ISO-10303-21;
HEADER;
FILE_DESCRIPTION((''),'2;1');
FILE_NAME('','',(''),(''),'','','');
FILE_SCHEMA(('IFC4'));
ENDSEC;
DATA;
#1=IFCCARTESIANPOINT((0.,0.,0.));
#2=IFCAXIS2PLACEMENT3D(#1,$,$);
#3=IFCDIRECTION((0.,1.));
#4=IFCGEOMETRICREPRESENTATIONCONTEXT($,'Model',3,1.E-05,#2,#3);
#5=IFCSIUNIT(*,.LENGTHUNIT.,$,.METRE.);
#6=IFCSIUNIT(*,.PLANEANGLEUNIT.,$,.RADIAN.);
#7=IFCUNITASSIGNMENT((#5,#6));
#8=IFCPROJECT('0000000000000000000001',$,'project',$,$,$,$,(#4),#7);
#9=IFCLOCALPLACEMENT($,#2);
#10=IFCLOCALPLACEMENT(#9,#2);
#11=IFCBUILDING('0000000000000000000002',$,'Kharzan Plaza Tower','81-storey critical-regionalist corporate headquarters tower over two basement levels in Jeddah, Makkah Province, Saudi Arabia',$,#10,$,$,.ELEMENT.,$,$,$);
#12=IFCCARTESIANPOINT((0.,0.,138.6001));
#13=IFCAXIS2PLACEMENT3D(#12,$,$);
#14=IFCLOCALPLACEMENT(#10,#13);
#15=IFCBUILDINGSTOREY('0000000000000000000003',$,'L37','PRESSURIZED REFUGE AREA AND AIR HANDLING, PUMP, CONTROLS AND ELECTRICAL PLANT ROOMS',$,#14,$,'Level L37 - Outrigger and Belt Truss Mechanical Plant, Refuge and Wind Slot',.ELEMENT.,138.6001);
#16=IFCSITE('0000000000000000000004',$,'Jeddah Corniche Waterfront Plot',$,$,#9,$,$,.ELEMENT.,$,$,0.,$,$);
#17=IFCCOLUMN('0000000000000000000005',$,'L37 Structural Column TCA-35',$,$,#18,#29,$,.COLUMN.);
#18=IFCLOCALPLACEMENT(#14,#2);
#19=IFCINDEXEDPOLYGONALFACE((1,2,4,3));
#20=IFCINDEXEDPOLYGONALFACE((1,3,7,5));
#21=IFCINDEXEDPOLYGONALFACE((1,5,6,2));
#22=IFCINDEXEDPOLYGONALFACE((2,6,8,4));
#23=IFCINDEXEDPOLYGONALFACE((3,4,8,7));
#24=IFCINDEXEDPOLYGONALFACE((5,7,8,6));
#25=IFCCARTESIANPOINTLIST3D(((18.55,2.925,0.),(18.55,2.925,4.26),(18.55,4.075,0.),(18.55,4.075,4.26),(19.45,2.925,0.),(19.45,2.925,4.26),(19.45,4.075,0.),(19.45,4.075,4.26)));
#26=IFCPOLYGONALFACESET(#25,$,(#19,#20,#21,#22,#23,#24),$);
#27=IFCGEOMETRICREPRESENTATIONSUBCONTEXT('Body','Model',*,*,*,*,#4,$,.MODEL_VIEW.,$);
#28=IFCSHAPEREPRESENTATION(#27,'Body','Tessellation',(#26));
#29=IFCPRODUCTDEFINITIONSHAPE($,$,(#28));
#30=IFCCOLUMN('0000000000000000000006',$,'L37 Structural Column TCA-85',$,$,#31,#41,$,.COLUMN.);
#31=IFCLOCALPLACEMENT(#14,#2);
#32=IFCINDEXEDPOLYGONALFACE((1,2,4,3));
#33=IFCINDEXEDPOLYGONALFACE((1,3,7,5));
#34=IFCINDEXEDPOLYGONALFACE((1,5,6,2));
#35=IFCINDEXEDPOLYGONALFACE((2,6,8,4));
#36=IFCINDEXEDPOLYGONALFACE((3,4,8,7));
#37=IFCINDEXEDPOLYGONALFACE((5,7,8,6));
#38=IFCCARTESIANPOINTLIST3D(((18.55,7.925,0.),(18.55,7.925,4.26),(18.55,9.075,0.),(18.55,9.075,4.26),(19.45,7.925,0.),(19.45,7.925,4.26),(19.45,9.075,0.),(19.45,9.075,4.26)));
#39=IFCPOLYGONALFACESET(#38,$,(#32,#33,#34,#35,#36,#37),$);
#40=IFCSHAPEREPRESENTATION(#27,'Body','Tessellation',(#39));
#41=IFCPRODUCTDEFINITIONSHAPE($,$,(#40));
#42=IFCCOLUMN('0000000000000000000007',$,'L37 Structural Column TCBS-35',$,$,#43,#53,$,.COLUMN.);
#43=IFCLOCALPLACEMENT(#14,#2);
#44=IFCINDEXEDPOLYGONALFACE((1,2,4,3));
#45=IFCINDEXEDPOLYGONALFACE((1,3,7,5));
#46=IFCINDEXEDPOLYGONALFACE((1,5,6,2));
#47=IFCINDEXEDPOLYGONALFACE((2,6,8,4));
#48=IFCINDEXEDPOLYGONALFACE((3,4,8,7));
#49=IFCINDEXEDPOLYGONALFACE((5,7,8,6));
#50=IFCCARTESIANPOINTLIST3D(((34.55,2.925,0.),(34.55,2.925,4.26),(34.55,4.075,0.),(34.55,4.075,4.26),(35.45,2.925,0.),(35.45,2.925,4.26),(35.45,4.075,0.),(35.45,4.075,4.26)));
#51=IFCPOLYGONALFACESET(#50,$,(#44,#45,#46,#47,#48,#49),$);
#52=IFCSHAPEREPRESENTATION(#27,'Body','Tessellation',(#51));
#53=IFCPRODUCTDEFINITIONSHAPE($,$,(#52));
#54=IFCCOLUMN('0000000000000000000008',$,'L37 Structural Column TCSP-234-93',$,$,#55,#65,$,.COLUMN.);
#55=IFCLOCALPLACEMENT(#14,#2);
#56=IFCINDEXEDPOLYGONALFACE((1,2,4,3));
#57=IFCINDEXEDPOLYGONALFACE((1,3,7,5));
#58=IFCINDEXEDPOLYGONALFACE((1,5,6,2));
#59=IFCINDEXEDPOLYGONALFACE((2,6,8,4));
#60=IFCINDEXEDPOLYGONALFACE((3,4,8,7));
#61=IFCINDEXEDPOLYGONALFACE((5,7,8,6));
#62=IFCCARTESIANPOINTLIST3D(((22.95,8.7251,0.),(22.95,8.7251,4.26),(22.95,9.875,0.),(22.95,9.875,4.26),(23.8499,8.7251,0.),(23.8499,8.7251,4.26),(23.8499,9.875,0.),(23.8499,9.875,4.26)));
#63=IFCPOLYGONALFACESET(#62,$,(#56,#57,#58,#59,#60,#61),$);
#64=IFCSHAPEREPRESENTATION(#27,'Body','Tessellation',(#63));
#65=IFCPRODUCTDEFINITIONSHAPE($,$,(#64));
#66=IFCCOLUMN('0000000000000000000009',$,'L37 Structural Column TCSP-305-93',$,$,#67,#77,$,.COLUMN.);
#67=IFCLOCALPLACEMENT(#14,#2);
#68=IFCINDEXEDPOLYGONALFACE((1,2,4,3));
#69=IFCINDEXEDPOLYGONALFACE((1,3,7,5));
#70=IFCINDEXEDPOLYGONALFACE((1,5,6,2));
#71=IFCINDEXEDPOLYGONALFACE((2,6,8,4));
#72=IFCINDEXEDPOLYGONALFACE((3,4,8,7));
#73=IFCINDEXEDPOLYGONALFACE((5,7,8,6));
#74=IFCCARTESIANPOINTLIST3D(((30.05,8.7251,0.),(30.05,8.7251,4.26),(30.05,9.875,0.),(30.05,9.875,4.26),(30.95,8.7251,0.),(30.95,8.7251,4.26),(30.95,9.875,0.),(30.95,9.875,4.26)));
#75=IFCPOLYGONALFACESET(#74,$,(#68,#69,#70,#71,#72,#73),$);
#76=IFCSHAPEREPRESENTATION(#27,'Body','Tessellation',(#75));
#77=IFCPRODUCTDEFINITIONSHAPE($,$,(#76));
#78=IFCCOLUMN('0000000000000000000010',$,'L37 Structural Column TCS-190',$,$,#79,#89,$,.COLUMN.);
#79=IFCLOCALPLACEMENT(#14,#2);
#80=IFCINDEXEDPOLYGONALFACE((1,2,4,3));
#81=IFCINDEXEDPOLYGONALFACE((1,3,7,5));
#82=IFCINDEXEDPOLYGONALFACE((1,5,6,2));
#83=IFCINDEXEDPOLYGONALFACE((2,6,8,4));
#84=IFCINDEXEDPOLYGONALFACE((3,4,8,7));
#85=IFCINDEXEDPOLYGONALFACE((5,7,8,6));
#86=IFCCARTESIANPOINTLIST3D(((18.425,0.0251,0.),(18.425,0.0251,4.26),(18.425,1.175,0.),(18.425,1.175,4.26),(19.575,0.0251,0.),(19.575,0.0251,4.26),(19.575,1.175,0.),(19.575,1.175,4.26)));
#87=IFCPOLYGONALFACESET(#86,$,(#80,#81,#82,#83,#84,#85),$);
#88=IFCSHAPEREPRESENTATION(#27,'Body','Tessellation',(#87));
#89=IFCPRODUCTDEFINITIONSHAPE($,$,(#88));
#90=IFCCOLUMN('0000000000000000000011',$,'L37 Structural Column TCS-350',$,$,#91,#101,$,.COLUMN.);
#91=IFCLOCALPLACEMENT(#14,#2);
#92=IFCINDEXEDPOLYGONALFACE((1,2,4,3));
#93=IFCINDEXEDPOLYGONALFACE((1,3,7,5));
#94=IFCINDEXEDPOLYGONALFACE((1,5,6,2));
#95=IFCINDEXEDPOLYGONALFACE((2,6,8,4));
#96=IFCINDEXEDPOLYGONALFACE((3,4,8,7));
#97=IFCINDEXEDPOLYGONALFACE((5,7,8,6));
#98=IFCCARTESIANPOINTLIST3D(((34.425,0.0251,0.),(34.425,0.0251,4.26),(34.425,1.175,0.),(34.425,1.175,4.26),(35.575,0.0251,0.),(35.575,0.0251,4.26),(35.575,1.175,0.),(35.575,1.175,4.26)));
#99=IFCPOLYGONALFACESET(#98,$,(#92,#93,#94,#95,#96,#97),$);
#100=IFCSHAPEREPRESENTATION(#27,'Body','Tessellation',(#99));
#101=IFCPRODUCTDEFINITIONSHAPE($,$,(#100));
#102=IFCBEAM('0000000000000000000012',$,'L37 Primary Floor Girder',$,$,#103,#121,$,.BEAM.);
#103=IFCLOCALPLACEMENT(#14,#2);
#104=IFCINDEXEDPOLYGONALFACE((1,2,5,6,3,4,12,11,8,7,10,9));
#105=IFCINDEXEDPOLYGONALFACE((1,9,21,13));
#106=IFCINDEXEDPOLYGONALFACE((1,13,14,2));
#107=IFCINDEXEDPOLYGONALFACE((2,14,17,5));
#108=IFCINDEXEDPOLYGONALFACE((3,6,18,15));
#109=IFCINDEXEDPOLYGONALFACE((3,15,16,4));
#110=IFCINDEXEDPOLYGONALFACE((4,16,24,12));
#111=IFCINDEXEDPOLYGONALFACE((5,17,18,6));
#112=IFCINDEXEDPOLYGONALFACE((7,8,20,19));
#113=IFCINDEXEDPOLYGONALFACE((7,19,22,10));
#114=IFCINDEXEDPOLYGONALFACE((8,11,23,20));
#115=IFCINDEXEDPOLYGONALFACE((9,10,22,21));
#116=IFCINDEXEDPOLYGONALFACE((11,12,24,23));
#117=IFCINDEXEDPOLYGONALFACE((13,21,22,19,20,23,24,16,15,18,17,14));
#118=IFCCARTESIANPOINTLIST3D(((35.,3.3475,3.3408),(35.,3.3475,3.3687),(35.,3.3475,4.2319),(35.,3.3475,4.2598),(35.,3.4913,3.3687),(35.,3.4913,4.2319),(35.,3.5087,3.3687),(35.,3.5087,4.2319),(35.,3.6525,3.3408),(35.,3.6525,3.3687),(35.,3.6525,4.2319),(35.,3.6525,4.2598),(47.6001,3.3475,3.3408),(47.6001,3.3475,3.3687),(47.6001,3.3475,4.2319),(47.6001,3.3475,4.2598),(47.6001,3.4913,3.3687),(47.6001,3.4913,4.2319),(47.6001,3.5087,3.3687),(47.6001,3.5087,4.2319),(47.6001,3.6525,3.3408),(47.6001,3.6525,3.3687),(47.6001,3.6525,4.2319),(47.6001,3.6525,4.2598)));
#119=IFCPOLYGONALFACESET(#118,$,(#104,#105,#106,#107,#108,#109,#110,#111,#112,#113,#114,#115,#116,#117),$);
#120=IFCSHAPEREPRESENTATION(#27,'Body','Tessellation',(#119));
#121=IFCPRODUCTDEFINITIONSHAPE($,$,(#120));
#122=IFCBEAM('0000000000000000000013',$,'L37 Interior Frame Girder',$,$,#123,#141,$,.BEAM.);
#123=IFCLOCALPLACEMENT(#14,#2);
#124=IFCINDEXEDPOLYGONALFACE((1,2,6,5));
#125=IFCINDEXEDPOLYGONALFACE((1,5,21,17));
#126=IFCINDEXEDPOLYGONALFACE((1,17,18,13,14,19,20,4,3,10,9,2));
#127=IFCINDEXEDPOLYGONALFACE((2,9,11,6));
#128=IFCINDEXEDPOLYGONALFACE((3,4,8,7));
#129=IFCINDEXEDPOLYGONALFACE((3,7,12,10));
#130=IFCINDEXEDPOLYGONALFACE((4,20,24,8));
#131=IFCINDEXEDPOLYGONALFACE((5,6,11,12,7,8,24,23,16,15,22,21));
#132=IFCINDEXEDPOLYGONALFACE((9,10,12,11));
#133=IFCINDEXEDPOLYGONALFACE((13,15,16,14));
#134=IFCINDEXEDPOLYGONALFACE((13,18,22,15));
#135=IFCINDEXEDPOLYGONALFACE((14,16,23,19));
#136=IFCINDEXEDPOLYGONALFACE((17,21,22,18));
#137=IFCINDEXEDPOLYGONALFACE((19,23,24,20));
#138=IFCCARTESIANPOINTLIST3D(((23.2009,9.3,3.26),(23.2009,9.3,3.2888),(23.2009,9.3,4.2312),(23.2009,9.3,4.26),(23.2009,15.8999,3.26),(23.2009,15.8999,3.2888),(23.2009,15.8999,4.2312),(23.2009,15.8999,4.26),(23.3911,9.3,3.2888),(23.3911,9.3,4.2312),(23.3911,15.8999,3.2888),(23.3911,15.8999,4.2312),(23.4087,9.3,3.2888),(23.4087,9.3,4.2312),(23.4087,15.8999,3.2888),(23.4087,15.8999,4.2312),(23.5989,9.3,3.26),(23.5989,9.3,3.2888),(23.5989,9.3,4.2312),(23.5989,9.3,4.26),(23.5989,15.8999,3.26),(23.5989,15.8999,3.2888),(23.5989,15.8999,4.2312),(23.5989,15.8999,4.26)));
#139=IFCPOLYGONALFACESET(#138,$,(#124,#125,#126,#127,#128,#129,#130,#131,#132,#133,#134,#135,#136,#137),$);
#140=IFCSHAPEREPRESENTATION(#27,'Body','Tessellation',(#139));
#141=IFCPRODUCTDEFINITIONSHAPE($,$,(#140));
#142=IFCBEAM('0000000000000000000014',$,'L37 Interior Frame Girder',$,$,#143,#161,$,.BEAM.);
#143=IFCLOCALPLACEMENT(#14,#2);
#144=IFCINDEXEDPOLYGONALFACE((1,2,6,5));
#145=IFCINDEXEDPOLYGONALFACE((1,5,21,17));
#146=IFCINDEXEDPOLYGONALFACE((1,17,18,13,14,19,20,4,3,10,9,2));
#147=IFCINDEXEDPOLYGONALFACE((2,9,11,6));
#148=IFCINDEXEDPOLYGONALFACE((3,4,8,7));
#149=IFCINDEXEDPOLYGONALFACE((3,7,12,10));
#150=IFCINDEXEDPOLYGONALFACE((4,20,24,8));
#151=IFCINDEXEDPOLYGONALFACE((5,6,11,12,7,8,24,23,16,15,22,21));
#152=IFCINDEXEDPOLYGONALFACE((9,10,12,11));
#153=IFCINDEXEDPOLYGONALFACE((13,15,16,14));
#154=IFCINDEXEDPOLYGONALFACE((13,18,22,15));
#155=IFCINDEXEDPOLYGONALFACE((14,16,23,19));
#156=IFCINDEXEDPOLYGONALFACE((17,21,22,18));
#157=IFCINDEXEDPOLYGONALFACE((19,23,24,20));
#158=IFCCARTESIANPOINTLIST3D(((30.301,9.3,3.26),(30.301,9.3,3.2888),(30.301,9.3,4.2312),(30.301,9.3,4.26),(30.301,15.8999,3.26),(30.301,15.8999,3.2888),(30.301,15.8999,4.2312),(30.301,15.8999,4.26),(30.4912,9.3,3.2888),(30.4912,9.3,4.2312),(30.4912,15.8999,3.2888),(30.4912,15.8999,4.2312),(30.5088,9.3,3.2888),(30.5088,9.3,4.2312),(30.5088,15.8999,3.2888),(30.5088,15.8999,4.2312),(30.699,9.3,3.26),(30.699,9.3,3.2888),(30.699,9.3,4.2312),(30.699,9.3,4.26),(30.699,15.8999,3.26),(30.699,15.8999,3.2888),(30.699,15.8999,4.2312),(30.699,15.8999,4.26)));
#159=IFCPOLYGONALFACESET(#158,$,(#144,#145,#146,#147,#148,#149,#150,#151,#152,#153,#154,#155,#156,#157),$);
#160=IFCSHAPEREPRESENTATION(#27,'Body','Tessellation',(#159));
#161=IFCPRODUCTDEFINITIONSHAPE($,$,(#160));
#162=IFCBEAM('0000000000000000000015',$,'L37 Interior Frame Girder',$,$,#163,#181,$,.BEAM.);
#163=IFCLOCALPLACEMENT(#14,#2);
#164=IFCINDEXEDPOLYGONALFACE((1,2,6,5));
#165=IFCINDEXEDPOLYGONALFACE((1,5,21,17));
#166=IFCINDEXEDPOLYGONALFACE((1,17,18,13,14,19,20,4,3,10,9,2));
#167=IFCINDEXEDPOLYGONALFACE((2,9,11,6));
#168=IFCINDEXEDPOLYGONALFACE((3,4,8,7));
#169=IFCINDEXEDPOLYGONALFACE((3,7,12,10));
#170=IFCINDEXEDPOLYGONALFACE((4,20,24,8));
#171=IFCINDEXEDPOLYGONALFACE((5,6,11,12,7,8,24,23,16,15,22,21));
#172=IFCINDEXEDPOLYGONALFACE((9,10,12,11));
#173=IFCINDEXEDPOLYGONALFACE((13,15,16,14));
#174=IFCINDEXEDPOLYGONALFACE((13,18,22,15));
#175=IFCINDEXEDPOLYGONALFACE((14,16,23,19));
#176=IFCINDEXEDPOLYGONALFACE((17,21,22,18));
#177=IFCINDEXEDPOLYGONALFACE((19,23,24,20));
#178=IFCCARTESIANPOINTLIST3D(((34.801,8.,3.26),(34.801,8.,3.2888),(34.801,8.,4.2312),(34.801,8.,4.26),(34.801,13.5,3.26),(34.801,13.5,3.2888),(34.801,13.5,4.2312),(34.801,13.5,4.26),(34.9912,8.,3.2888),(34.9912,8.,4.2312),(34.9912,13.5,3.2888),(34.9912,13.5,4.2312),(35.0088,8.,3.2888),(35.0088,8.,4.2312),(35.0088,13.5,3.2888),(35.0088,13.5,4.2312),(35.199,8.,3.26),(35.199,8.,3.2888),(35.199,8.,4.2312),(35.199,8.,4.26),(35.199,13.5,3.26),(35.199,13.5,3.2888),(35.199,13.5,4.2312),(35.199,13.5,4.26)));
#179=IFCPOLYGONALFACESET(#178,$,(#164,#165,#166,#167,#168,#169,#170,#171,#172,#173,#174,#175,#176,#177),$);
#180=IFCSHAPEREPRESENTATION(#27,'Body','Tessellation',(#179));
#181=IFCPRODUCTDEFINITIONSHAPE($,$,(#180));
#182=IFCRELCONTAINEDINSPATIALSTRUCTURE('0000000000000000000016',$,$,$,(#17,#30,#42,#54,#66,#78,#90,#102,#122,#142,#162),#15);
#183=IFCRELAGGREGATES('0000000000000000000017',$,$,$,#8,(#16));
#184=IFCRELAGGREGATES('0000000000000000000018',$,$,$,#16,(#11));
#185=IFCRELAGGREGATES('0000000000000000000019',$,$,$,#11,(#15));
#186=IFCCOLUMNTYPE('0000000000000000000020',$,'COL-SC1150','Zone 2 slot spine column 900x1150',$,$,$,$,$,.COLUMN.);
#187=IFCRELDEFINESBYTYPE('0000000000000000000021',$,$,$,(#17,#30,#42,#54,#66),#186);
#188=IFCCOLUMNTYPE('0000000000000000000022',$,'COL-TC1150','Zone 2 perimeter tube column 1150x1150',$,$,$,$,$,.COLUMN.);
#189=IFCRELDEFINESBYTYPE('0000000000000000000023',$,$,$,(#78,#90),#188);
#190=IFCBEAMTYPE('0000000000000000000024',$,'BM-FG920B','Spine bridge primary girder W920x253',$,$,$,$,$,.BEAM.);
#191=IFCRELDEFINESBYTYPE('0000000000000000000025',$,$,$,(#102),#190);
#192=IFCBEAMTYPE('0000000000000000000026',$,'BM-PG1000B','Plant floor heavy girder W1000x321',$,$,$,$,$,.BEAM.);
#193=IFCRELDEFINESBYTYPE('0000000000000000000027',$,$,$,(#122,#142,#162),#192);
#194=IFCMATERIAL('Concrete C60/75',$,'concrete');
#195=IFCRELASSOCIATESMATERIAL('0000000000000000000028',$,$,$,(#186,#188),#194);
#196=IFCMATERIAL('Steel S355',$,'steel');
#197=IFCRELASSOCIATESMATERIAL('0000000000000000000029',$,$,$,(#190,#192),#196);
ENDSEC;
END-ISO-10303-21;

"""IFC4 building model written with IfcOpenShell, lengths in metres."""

from ifc_helpers import new_model, si_unit, direction, frame, origin, origin_2d, place, context, subcontext, project, spatial, rectangle, i_section, extrude, source, transform, mapped, material, material_profile, profile_set, type_object, element, save


model = new_model("IFC4")

# Units and contexts
model_context = context("Model", 3, precision=1e-05, world=origin(), true_north=direction((0.0, 1.0)))
body_context = subcontext(model_context, "Body", "Model", "MODEL_VIEW")
ifc_project = project(units=[si_unit("LENGTHUNIT", "METRE"), si_unit("PLANEANGLEUNIT", "RADIAN")], contexts=[model_context])

# Site, building, storey
site_placement = place(None, origin())
site = spatial("IfcSite", under=ifc_project, at=site_placement, Name="Jeddah Corniche Waterfront Plot", CompositionType="ELEMENT", RefElevation=0.0)
building_placement = place(site_placement, origin())
building = spatial("IfcBuilding", under=site, at=building_placement, Name="Kharzan Plaza Tower", Description="81-storey critical-regionalist corporate headquarters tower over two basement levels in Jeddah, Makkah Province, Saudi Arabia", CompositionType="ELEMENT")
storey_placement = place(building_placement, frame((0.0, 0.0, 138.6001)))
storey = spatial("IfcBuildingStorey", under=building, at=storey_placement, Name="L37", Description="PRESSURIZED REFUGE AREA AND AIR HANDLING, PUMP, CONTROLS AND ELECTRICAL PLANT ROOMS", LongName="Level L37 - Outrigger and Belt Truss Mechanical Plant, Refuge and Wind Slot", CompositionType="ELEMENT", Elevation=138.6001)

# Columns
ifc_material_1 = material(Name="Concrete C60/75", Category="concrete")
ifc_material_profile_1 = material_profile(ifc_material_1, rectangle(XDim=0.8999, YDim=1.1499, at=origin_2d()), Name="RC-SC1150x900")
ifc_profile_set_1 = profile_set([ifc_material_profile_1], Name="Concrete C60/75")
column_type_1 = type_object("IfcColumnType", Name="COL-SC1150", Description="Zone 2 slot spine column 900x1150", PredefinedType="COLUMN", material=ifc_profile_set_1)
shared_shape_1 = source(origin(), body_context, "Body", "SweptSolid", [
    extrude(rectangle(XDim=0.8999, YDim=1.1499, at=origin_2d()), origin(), (0.0, 0.0, 1.0), 4.26),
])
for number, where, z_axis, x_axis, name in (
    (1, (19.0, 3.5, 0.0), (0.0, 0.0, 1.0), (1.0, 0.0, 0.0), "L37 Structural Column TCA-35"),
    (2, (19.0, 8.5, 0.0), (0.0, 0.0, 1.0), (1.0, 0.0, 0.0), "L37 Structural Column TCA-85"),
    (3, (35.0, 3.5, 0.0), (0.0, 0.0, 1.0), (1.0, 0.0, 0.0), "L37 Structural Column TCBS-35"),
    (4, (23.3999, 9.3, 0.0), (0.0, 0.0, 1.0), (1.0, 0.0, 0.0), "L37 Structural Column TCSP-234-93"),
    (5, (30.5, 9.3, 0.0), (0.0, 0.0, 1.0), (1.0, 0.0, 0.0), "L37 Structural Column TCSP-305-93"),
):
    element("IfcColumn", number, at=place(storey_placement, frame(where, z_axis=z_axis, x_axis=x_axis)), inside=storey, type_object=column_type_1, Name=name, PredefinedType="COLUMN", context=body_context, shape_type="MappedRepresentation", body=[
        mapped(shared_shape_1, transform((0.0, 0.0, 0.0), x_axis=(1.0, 0.0, 0.0), y_axis=(0.0, 1.0, 0.0), z_axis=(0.0, 0.0, 1.0))),
    ])
ifc_material_profile_2 = material_profile(ifc_material_1, rectangle(XDim=1.1499, YDim=1.1499, at=origin_2d()), Name="RC-TC1150x1150")
ifc_profile_set_2 = profile_set([ifc_material_profile_2], Name="Concrete C60/75")
column_type_2 = type_object("IfcColumnType", Name="COL-TC1150", Description="Zone 2 perimeter tube column 1150x1150", PredefinedType="COLUMN", material=ifc_profile_set_2)
shared_shape_2 = source(origin(), body_context, "Body", "SweptSolid", [
    extrude(rectangle(XDim=1.1499, YDim=1.1499, at=origin_2d()), origin(), (0.0, 0.0, 1.0), 4.26),
])
for number, where, z_axis, x_axis, name in (
    (6, (19.0, 0.6001, 0.0), (0.0, 0.0, 1.0), (1.0, 0.0, 0.0), "L37 Structural Column TCS-190"),
    (7, (35.0, 0.6001, 0.0), (0.0, 0.0, 1.0), (1.0, 0.0, 0.0), "L37 Structural Column TCS-350"),
):
    element("IfcColumn", number, at=place(storey_placement, frame(where, z_axis=z_axis, x_axis=x_axis)), inside=storey, type_object=column_type_2, Name=name, PredefinedType="COLUMN", context=body_context, shape_type="MappedRepresentation", body=[
        mapped(shared_shape_2, transform((0.0, 0.0, 0.0), x_axis=(1.0, 0.0, 0.0), y_axis=(0.0, 1.0, 0.0), z_axis=(0.0, 0.0, 1.0))),
    ])

# Beams
ifc_material_2 = material(Name="Steel S355", Category="steel")
ifc_material_profile_3 = material_profile(ifc_material_2, i_section(OverallWidth=0.3049, OverallDepth=0.9189, WebThickness=0.0173, FlangeThickness=0.0278, at=origin_2d()), Name="W920x253")
ifc_profile_set_3 = profile_set([ifc_material_profile_3], Name="Steel S355")
beam_type_1 = type_object("IfcBeamType", Name="BM-FG920B", Description="Spine bridge primary girder W920x253", PredefinedType="BEAM", material=ifc_profile_set_3)
shared_shape_3 = source(origin(), body_context, "Body", "SweptSolid", [
    extrude(i_section(OverallWidth=0.3049, OverallDepth=0.9189, WebThickness=0.0173, FlangeThickness=0.0278, at=origin_2d()), origin(), (0.0, 0.0, 1.0), 12.6001),
])
beam_1_placement = place(storey_placement, frame((35.0, 3.5, 3.8003), z_axis=(1.0, 0.0, 0.0), x_axis=(0.0, 1.0, 0.0)))
element("IfcBeam", 8, at=beam_1_placement, inside=storey, type_object=beam_type_1, Name="L37 Primary Floor Girder", PredefinedType="BEAM", context=body_context, shape_type="MappedRepresentation", body=[
    mapped(shared_shape_3, transform((0.0, 0.0, 0.0), x_axis=(1.0, 0.0, 0.0), y_axis=(0.0, 1.0, 0.0), z_axis=(0.0, 0.0, 1.0))),
])
ifc_material_profile_4 = material_profile(ifc_material_2, i_section(OverallWidth=0.3979, OverallDepth=1.0, WebThickness=0.0176, FlangeThickness=0.0288, at=origin_2d()), Name="W1000x321")
ifc_profile_set_4 = profile_set([ifc_material_profile_4], Name="Steel S355")
beam_type_2 = type_object("IfcBeamType", Name="BM-PG1000B", Description="Plant floor heavy girder W1000x321", PredefinedType="BEAM", material=ifc_profile_set_4)
shared_shape_4 = source(origin(), body_context, "Body", "SweptSolid", [
    extrude(i_section(OverallWidth=0.3979, OverallDepth=1.0, WebThickness=0.0176, FlangeThickness=0.0288, at=origin_2d()), origin(), (0.0, 0.0, 1.0), 6.5999),
])
for number, where, z_axis, x_axis, name in (
    (9, (23.3999, 9.3, 3.76), (0.0, 1.0, 0.0), (-1.0, 0.0, 0.0), "L37 Interior Frame Girder"),
    (10, (30.5, 9.3, 3.76), (0.0, 1.0, 0.0), (-1.0, 0.0, 0.0), "L37 Interior Frame Girder"),
):
    element("IfcBeam", number, at=place(storey_placement, frame(where, z_axis=z_axis, x_axis=x_axis)), inside=storey, type_object=beam_type_2, Name=name, PredefinedType="BEAM", context=body_context, shape_type="MappedRepresentation", body=[
        mapped(shared_shape_4, transform((0.0, 0.0, 0.0), x_axis=(1.0, 0.0, 0.0), y_axis=(0.0, 1.0, 0.0), z_axis=(0.0, 0.0, 1.0))),
    ])
shared_shape_5 = source(origin(), body_context, "Body", "SweptSolid", [
    extrude(i_section(OverallWidth=0.3979, OverallDepth=1.0, WebThickness=0.0176, FlangeThickness=0.0288, at=origin_2d()), origin(), (0.0, 0.0, 1.0), 5.5),
])
beam_2_placement = place(storey_placement, frame((35.0, 8.0, 3.76), z_axis=(0.0, 1.0, 0.0), x_axis=(-1.0, 0.0, 0.0)))
element("IfcBeam", 11, at=beam_2_placement, inside=storey, type_object=beam_type_2, Name="L37 Interior Frame Girder", PredefinedType="BEAM", context=body_context, shape_type="MappedRepresentation", body=[
    mapped(shared_shape_5, transform((0.0, 0.0, 0.0), x_axis=(1.0, 0.0, 0.0), y_axis=(0.0, 1.0, 0.0), z_axis=(0.0, 0.0, 1.0))),
])

save(model, "model.ifc")
